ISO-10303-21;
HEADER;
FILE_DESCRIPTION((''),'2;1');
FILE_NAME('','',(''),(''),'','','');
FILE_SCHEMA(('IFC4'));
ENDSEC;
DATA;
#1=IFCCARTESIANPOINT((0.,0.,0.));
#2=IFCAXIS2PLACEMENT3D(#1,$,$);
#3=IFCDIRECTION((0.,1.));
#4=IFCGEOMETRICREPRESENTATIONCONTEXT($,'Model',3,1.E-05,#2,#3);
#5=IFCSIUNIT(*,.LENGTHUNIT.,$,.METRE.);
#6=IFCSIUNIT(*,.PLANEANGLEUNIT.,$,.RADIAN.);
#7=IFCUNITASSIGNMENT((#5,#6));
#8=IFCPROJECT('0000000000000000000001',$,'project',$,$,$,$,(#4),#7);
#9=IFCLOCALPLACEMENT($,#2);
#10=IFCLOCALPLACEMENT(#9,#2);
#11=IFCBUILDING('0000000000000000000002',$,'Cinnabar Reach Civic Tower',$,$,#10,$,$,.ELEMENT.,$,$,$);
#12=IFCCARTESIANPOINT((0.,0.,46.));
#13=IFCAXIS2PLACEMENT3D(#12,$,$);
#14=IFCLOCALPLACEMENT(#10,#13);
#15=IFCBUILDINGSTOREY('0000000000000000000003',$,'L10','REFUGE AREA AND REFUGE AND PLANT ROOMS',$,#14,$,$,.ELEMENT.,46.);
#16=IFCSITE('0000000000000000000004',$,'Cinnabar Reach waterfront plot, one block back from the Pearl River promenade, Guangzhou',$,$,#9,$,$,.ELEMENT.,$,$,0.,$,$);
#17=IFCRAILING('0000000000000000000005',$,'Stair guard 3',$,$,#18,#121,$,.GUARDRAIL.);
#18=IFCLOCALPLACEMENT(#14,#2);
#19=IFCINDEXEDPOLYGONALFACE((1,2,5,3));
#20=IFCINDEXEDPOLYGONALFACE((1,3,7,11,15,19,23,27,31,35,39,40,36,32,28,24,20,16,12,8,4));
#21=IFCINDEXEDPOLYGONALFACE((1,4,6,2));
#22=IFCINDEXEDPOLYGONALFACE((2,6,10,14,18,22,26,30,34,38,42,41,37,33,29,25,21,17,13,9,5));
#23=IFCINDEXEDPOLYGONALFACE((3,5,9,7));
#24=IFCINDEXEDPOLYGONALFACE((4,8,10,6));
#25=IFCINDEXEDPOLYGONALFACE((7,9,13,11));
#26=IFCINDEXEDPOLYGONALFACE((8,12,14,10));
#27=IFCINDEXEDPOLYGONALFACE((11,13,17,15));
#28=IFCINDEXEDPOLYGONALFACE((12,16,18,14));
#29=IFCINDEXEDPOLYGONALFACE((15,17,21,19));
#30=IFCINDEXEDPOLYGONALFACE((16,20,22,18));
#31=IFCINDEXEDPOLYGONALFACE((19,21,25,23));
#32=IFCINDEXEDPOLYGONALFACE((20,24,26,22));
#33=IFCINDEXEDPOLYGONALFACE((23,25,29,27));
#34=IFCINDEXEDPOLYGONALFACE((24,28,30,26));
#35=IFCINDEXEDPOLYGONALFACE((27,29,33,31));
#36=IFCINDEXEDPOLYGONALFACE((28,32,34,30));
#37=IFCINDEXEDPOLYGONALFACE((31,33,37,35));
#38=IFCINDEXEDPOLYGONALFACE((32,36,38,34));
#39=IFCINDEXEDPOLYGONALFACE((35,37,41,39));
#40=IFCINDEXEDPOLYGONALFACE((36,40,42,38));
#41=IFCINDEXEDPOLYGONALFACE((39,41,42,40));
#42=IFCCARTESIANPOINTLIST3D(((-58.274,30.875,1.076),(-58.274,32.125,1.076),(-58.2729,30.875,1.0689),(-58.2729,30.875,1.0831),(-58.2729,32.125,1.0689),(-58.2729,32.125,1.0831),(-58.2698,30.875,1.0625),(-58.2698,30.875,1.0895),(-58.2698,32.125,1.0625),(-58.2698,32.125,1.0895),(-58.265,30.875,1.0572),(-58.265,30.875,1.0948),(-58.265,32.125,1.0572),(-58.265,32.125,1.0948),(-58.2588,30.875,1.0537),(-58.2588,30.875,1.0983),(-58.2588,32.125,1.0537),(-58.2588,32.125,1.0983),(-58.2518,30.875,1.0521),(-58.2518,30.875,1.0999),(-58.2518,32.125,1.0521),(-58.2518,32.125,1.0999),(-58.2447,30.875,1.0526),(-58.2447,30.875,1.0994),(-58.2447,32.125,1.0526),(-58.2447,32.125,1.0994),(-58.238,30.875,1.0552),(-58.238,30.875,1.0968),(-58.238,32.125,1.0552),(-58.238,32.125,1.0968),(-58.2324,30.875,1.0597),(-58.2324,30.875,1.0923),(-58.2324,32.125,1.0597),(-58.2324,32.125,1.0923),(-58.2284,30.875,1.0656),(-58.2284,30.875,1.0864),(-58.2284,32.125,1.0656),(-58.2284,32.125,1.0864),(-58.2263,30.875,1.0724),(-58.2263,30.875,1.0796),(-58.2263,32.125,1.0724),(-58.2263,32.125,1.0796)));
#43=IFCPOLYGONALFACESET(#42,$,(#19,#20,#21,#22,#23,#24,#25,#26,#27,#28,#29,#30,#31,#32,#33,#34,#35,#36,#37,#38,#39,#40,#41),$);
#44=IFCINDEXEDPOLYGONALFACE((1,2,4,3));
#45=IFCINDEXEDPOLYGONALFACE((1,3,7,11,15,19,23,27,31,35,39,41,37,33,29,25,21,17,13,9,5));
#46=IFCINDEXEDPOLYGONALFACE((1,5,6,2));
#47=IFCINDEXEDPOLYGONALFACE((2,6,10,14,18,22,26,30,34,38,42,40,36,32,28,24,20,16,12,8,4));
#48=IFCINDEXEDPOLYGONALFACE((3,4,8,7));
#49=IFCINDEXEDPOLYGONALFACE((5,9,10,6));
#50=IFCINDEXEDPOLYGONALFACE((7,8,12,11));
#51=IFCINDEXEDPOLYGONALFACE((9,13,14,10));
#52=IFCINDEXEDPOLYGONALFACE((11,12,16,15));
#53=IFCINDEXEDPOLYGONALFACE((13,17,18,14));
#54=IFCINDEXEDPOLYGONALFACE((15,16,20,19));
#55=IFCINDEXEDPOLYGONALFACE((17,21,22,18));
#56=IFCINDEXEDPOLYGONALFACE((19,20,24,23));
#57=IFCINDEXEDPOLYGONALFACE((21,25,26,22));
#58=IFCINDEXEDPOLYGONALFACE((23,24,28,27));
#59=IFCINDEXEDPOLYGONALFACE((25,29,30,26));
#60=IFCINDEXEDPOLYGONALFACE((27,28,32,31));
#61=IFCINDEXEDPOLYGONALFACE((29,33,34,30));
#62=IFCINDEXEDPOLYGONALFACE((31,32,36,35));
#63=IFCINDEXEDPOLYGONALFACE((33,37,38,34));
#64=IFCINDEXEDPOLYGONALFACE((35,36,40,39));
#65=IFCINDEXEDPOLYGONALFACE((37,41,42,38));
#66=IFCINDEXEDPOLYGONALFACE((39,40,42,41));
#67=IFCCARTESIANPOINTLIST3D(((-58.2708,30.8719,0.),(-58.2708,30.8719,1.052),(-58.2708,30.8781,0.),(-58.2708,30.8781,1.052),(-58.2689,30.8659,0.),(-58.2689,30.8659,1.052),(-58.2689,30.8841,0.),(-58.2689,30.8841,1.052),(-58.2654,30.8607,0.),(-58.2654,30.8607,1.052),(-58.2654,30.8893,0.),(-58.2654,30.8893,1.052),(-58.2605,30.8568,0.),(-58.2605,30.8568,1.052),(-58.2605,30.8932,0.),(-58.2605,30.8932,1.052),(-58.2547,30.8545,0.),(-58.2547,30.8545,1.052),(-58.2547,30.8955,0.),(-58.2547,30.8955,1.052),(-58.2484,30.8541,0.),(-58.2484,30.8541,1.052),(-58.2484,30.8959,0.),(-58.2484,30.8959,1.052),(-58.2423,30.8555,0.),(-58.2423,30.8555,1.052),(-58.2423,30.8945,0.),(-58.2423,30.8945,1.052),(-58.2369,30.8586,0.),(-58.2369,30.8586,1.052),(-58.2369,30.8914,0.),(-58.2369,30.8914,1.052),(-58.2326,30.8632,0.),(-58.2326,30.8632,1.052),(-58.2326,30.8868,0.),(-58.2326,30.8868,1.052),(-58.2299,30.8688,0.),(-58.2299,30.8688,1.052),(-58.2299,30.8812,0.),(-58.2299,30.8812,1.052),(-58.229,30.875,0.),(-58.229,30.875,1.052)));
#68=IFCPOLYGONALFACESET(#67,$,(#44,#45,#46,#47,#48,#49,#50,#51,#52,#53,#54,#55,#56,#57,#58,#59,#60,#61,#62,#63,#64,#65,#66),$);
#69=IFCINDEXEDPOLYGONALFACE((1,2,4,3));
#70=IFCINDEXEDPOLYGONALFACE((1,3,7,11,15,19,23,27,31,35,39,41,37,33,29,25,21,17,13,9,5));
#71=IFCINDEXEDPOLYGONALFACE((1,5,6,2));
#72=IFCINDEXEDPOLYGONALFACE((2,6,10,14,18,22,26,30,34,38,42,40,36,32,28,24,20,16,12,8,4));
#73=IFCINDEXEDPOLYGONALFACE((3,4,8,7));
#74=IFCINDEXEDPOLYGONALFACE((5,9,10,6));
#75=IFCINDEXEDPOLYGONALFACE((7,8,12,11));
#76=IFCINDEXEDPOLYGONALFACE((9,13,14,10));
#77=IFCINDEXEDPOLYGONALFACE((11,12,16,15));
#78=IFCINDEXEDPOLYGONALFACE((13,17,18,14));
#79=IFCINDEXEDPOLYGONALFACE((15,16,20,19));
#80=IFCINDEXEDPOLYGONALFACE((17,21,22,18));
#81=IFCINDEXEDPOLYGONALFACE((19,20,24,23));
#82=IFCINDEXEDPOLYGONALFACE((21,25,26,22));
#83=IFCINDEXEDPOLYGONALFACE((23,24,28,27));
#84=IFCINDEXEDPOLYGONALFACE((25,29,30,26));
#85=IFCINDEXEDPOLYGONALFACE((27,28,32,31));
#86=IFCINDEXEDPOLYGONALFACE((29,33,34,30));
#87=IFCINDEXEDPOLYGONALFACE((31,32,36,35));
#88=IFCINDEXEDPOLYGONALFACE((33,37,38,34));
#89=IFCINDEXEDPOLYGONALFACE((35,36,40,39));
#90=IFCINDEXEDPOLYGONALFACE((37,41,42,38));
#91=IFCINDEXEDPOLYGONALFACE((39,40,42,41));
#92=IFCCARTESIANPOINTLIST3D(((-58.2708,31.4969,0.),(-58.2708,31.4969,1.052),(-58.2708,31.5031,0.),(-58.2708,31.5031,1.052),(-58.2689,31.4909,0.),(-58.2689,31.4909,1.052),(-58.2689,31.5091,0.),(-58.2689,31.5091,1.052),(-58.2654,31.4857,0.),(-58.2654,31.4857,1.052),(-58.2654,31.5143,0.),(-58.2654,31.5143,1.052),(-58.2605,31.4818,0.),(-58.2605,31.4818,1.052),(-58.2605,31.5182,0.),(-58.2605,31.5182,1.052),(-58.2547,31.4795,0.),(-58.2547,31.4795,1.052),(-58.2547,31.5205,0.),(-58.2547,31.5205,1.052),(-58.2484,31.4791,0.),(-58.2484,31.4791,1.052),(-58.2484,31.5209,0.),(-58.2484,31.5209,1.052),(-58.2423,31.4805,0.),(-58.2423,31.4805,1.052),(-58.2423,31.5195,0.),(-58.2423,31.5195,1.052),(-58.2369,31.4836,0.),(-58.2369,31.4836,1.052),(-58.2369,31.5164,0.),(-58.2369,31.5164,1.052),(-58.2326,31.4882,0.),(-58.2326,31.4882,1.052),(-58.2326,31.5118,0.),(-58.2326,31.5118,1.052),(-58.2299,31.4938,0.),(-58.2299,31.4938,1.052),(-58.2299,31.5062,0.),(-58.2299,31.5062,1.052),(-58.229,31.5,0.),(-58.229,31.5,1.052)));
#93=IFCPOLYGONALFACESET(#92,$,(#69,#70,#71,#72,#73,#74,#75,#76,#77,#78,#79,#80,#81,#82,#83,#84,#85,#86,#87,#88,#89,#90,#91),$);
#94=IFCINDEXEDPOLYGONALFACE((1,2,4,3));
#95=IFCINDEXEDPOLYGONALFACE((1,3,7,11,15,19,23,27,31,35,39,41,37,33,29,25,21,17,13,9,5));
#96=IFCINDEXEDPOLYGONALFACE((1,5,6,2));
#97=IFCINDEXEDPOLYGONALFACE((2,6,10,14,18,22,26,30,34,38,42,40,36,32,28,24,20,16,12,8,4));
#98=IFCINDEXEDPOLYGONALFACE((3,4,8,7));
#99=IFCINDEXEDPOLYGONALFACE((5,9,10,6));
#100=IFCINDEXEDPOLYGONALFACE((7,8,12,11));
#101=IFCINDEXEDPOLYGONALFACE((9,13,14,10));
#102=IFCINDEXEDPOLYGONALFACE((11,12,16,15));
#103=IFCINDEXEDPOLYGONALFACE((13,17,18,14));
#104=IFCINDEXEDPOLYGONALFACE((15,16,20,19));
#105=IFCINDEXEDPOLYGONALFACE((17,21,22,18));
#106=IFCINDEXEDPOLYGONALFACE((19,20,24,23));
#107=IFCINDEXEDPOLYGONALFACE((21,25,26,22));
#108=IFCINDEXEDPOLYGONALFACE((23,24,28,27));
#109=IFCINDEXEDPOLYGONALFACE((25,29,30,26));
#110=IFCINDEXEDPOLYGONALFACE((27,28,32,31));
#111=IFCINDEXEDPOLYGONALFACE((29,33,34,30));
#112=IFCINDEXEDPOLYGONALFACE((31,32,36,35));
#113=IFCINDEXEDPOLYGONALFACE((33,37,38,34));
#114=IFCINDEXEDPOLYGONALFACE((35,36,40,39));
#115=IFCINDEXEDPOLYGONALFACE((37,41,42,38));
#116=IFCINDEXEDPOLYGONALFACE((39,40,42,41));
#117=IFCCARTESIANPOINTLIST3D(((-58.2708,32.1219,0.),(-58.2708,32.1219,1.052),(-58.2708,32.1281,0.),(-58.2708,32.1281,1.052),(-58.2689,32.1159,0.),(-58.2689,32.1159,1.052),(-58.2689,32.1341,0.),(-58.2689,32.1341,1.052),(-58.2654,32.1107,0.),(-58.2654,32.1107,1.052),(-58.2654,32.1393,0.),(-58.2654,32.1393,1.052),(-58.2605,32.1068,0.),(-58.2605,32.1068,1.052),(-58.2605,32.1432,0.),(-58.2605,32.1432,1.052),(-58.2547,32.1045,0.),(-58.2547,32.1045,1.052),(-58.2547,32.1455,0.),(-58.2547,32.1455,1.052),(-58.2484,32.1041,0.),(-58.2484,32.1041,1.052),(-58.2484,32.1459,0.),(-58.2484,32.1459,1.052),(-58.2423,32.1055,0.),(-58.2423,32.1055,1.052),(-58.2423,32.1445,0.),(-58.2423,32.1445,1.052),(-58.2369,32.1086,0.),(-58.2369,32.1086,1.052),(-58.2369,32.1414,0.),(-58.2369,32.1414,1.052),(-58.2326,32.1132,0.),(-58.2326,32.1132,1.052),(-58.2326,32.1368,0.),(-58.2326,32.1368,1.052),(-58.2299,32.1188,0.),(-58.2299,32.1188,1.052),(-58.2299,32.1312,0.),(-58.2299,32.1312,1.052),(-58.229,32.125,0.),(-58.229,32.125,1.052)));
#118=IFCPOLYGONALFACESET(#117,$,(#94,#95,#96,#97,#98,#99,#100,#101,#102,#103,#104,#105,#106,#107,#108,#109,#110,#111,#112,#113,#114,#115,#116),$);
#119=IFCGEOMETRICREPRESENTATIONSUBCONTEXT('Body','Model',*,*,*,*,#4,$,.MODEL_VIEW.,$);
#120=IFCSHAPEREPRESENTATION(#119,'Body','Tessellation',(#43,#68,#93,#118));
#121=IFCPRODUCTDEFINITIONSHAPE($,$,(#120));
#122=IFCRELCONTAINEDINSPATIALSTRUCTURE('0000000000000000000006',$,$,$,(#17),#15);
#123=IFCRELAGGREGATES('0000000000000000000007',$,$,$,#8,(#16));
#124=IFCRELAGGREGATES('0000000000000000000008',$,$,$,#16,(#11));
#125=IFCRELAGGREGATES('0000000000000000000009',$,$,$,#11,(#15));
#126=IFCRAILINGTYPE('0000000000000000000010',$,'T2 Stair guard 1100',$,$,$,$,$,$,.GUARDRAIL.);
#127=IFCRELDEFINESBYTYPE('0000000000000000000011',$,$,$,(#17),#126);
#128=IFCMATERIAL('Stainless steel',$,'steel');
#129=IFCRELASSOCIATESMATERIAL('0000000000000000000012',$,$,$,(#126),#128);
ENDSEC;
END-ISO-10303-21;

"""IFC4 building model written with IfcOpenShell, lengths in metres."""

from ifc_helpers import new_model, si_unit, direction, frame, origin, origin_2d, place, context, subcontext, project, spatial, circle, extrude, material, type_object, element, save


model = new_model("IFC4")

# Units and contexts
model_context = context("Model", 3, precision=1e-05, world=origin(), true_north=direction((0.0, 1.0)))
body_context = subcontext(model_context, "Body", "Model", "MODEL_VIEW")
ifc_project = project(units=[si_unit("LENGTHUNIT", "METRE"), si_unit("PLANEANGLEUNIT", "RADIAN")], contexts=[model_context])

# Site, building, storey
site_placement = place(None, origin())
site = spatial("IfcSite", under=ifc_project, at=site_placement, Name="Cinnabar Reach waterfront plot, one block back from the Pearl River promenade, Guangzhou", CompositionType="ELEMENT", RefElevation=0.0)
building_placement = place(site_placement, origin())
building = spatial("IfcBuilding", under=site, at=building_placement, Name="Cinnabar Reach Civic Tower", CompositionType="ELEMENT")
storey_placement = place(building_placement, frame((0.0, 0.0, 46.0)))
storey = spatial("IfcBuildingStorey", under=building, at=storey_placement, Name="L10", Description="REFUGE AREA AND REFUGE AND PLANT ROOMS", CompositionType="ELEMENT", Elevation=46.0)

# Railing
ifc_material_1 = material(Name="Stainless steel", Category="steel")
railing_type = type_object("IfcRailingType", Name="T2 Stair guard 1100", PredefinedType="GUARDRAIL", material=ifc_material_1)
railing_1_placement = place(storey_placement, frame((-58.25, 30.875, 0.0)))
element("IfcRailing", 1, at=railing_1_placement, inside=storey, type_object=railing_type, Name="Stair guard 3", PredefinedType="GUARDRAIL", context=body_context, shape_type="SweptSolid", body=[
    extrude(circle(Radius=0.024, at=origin_2d()), frame((0.0, 0.0, 1.076), z_axis=(0.0, 1.0, 0.0), x_axis=(-1.0, 0.0, 0.0)), (0.0, 0.0, 1.0), 1.25),
    extrude(circle(Radius=0.021, at=origin_2d()), origin(), (0.0, 0.0, 1.0), 1.052),
    extrude(circle(Radius=0.021, at=origin_2d()), frame((0.0, 0.625, 0.0)), (0.0, 0.0, 1.0), 1.052),
    extrude(circle(Radius=0.021, at=origin_2d()), frame((0.0, 1.25, 0.0)), (0.0, 0.0, 1.0), 1.052),
])

save(model, "model.ifc")
